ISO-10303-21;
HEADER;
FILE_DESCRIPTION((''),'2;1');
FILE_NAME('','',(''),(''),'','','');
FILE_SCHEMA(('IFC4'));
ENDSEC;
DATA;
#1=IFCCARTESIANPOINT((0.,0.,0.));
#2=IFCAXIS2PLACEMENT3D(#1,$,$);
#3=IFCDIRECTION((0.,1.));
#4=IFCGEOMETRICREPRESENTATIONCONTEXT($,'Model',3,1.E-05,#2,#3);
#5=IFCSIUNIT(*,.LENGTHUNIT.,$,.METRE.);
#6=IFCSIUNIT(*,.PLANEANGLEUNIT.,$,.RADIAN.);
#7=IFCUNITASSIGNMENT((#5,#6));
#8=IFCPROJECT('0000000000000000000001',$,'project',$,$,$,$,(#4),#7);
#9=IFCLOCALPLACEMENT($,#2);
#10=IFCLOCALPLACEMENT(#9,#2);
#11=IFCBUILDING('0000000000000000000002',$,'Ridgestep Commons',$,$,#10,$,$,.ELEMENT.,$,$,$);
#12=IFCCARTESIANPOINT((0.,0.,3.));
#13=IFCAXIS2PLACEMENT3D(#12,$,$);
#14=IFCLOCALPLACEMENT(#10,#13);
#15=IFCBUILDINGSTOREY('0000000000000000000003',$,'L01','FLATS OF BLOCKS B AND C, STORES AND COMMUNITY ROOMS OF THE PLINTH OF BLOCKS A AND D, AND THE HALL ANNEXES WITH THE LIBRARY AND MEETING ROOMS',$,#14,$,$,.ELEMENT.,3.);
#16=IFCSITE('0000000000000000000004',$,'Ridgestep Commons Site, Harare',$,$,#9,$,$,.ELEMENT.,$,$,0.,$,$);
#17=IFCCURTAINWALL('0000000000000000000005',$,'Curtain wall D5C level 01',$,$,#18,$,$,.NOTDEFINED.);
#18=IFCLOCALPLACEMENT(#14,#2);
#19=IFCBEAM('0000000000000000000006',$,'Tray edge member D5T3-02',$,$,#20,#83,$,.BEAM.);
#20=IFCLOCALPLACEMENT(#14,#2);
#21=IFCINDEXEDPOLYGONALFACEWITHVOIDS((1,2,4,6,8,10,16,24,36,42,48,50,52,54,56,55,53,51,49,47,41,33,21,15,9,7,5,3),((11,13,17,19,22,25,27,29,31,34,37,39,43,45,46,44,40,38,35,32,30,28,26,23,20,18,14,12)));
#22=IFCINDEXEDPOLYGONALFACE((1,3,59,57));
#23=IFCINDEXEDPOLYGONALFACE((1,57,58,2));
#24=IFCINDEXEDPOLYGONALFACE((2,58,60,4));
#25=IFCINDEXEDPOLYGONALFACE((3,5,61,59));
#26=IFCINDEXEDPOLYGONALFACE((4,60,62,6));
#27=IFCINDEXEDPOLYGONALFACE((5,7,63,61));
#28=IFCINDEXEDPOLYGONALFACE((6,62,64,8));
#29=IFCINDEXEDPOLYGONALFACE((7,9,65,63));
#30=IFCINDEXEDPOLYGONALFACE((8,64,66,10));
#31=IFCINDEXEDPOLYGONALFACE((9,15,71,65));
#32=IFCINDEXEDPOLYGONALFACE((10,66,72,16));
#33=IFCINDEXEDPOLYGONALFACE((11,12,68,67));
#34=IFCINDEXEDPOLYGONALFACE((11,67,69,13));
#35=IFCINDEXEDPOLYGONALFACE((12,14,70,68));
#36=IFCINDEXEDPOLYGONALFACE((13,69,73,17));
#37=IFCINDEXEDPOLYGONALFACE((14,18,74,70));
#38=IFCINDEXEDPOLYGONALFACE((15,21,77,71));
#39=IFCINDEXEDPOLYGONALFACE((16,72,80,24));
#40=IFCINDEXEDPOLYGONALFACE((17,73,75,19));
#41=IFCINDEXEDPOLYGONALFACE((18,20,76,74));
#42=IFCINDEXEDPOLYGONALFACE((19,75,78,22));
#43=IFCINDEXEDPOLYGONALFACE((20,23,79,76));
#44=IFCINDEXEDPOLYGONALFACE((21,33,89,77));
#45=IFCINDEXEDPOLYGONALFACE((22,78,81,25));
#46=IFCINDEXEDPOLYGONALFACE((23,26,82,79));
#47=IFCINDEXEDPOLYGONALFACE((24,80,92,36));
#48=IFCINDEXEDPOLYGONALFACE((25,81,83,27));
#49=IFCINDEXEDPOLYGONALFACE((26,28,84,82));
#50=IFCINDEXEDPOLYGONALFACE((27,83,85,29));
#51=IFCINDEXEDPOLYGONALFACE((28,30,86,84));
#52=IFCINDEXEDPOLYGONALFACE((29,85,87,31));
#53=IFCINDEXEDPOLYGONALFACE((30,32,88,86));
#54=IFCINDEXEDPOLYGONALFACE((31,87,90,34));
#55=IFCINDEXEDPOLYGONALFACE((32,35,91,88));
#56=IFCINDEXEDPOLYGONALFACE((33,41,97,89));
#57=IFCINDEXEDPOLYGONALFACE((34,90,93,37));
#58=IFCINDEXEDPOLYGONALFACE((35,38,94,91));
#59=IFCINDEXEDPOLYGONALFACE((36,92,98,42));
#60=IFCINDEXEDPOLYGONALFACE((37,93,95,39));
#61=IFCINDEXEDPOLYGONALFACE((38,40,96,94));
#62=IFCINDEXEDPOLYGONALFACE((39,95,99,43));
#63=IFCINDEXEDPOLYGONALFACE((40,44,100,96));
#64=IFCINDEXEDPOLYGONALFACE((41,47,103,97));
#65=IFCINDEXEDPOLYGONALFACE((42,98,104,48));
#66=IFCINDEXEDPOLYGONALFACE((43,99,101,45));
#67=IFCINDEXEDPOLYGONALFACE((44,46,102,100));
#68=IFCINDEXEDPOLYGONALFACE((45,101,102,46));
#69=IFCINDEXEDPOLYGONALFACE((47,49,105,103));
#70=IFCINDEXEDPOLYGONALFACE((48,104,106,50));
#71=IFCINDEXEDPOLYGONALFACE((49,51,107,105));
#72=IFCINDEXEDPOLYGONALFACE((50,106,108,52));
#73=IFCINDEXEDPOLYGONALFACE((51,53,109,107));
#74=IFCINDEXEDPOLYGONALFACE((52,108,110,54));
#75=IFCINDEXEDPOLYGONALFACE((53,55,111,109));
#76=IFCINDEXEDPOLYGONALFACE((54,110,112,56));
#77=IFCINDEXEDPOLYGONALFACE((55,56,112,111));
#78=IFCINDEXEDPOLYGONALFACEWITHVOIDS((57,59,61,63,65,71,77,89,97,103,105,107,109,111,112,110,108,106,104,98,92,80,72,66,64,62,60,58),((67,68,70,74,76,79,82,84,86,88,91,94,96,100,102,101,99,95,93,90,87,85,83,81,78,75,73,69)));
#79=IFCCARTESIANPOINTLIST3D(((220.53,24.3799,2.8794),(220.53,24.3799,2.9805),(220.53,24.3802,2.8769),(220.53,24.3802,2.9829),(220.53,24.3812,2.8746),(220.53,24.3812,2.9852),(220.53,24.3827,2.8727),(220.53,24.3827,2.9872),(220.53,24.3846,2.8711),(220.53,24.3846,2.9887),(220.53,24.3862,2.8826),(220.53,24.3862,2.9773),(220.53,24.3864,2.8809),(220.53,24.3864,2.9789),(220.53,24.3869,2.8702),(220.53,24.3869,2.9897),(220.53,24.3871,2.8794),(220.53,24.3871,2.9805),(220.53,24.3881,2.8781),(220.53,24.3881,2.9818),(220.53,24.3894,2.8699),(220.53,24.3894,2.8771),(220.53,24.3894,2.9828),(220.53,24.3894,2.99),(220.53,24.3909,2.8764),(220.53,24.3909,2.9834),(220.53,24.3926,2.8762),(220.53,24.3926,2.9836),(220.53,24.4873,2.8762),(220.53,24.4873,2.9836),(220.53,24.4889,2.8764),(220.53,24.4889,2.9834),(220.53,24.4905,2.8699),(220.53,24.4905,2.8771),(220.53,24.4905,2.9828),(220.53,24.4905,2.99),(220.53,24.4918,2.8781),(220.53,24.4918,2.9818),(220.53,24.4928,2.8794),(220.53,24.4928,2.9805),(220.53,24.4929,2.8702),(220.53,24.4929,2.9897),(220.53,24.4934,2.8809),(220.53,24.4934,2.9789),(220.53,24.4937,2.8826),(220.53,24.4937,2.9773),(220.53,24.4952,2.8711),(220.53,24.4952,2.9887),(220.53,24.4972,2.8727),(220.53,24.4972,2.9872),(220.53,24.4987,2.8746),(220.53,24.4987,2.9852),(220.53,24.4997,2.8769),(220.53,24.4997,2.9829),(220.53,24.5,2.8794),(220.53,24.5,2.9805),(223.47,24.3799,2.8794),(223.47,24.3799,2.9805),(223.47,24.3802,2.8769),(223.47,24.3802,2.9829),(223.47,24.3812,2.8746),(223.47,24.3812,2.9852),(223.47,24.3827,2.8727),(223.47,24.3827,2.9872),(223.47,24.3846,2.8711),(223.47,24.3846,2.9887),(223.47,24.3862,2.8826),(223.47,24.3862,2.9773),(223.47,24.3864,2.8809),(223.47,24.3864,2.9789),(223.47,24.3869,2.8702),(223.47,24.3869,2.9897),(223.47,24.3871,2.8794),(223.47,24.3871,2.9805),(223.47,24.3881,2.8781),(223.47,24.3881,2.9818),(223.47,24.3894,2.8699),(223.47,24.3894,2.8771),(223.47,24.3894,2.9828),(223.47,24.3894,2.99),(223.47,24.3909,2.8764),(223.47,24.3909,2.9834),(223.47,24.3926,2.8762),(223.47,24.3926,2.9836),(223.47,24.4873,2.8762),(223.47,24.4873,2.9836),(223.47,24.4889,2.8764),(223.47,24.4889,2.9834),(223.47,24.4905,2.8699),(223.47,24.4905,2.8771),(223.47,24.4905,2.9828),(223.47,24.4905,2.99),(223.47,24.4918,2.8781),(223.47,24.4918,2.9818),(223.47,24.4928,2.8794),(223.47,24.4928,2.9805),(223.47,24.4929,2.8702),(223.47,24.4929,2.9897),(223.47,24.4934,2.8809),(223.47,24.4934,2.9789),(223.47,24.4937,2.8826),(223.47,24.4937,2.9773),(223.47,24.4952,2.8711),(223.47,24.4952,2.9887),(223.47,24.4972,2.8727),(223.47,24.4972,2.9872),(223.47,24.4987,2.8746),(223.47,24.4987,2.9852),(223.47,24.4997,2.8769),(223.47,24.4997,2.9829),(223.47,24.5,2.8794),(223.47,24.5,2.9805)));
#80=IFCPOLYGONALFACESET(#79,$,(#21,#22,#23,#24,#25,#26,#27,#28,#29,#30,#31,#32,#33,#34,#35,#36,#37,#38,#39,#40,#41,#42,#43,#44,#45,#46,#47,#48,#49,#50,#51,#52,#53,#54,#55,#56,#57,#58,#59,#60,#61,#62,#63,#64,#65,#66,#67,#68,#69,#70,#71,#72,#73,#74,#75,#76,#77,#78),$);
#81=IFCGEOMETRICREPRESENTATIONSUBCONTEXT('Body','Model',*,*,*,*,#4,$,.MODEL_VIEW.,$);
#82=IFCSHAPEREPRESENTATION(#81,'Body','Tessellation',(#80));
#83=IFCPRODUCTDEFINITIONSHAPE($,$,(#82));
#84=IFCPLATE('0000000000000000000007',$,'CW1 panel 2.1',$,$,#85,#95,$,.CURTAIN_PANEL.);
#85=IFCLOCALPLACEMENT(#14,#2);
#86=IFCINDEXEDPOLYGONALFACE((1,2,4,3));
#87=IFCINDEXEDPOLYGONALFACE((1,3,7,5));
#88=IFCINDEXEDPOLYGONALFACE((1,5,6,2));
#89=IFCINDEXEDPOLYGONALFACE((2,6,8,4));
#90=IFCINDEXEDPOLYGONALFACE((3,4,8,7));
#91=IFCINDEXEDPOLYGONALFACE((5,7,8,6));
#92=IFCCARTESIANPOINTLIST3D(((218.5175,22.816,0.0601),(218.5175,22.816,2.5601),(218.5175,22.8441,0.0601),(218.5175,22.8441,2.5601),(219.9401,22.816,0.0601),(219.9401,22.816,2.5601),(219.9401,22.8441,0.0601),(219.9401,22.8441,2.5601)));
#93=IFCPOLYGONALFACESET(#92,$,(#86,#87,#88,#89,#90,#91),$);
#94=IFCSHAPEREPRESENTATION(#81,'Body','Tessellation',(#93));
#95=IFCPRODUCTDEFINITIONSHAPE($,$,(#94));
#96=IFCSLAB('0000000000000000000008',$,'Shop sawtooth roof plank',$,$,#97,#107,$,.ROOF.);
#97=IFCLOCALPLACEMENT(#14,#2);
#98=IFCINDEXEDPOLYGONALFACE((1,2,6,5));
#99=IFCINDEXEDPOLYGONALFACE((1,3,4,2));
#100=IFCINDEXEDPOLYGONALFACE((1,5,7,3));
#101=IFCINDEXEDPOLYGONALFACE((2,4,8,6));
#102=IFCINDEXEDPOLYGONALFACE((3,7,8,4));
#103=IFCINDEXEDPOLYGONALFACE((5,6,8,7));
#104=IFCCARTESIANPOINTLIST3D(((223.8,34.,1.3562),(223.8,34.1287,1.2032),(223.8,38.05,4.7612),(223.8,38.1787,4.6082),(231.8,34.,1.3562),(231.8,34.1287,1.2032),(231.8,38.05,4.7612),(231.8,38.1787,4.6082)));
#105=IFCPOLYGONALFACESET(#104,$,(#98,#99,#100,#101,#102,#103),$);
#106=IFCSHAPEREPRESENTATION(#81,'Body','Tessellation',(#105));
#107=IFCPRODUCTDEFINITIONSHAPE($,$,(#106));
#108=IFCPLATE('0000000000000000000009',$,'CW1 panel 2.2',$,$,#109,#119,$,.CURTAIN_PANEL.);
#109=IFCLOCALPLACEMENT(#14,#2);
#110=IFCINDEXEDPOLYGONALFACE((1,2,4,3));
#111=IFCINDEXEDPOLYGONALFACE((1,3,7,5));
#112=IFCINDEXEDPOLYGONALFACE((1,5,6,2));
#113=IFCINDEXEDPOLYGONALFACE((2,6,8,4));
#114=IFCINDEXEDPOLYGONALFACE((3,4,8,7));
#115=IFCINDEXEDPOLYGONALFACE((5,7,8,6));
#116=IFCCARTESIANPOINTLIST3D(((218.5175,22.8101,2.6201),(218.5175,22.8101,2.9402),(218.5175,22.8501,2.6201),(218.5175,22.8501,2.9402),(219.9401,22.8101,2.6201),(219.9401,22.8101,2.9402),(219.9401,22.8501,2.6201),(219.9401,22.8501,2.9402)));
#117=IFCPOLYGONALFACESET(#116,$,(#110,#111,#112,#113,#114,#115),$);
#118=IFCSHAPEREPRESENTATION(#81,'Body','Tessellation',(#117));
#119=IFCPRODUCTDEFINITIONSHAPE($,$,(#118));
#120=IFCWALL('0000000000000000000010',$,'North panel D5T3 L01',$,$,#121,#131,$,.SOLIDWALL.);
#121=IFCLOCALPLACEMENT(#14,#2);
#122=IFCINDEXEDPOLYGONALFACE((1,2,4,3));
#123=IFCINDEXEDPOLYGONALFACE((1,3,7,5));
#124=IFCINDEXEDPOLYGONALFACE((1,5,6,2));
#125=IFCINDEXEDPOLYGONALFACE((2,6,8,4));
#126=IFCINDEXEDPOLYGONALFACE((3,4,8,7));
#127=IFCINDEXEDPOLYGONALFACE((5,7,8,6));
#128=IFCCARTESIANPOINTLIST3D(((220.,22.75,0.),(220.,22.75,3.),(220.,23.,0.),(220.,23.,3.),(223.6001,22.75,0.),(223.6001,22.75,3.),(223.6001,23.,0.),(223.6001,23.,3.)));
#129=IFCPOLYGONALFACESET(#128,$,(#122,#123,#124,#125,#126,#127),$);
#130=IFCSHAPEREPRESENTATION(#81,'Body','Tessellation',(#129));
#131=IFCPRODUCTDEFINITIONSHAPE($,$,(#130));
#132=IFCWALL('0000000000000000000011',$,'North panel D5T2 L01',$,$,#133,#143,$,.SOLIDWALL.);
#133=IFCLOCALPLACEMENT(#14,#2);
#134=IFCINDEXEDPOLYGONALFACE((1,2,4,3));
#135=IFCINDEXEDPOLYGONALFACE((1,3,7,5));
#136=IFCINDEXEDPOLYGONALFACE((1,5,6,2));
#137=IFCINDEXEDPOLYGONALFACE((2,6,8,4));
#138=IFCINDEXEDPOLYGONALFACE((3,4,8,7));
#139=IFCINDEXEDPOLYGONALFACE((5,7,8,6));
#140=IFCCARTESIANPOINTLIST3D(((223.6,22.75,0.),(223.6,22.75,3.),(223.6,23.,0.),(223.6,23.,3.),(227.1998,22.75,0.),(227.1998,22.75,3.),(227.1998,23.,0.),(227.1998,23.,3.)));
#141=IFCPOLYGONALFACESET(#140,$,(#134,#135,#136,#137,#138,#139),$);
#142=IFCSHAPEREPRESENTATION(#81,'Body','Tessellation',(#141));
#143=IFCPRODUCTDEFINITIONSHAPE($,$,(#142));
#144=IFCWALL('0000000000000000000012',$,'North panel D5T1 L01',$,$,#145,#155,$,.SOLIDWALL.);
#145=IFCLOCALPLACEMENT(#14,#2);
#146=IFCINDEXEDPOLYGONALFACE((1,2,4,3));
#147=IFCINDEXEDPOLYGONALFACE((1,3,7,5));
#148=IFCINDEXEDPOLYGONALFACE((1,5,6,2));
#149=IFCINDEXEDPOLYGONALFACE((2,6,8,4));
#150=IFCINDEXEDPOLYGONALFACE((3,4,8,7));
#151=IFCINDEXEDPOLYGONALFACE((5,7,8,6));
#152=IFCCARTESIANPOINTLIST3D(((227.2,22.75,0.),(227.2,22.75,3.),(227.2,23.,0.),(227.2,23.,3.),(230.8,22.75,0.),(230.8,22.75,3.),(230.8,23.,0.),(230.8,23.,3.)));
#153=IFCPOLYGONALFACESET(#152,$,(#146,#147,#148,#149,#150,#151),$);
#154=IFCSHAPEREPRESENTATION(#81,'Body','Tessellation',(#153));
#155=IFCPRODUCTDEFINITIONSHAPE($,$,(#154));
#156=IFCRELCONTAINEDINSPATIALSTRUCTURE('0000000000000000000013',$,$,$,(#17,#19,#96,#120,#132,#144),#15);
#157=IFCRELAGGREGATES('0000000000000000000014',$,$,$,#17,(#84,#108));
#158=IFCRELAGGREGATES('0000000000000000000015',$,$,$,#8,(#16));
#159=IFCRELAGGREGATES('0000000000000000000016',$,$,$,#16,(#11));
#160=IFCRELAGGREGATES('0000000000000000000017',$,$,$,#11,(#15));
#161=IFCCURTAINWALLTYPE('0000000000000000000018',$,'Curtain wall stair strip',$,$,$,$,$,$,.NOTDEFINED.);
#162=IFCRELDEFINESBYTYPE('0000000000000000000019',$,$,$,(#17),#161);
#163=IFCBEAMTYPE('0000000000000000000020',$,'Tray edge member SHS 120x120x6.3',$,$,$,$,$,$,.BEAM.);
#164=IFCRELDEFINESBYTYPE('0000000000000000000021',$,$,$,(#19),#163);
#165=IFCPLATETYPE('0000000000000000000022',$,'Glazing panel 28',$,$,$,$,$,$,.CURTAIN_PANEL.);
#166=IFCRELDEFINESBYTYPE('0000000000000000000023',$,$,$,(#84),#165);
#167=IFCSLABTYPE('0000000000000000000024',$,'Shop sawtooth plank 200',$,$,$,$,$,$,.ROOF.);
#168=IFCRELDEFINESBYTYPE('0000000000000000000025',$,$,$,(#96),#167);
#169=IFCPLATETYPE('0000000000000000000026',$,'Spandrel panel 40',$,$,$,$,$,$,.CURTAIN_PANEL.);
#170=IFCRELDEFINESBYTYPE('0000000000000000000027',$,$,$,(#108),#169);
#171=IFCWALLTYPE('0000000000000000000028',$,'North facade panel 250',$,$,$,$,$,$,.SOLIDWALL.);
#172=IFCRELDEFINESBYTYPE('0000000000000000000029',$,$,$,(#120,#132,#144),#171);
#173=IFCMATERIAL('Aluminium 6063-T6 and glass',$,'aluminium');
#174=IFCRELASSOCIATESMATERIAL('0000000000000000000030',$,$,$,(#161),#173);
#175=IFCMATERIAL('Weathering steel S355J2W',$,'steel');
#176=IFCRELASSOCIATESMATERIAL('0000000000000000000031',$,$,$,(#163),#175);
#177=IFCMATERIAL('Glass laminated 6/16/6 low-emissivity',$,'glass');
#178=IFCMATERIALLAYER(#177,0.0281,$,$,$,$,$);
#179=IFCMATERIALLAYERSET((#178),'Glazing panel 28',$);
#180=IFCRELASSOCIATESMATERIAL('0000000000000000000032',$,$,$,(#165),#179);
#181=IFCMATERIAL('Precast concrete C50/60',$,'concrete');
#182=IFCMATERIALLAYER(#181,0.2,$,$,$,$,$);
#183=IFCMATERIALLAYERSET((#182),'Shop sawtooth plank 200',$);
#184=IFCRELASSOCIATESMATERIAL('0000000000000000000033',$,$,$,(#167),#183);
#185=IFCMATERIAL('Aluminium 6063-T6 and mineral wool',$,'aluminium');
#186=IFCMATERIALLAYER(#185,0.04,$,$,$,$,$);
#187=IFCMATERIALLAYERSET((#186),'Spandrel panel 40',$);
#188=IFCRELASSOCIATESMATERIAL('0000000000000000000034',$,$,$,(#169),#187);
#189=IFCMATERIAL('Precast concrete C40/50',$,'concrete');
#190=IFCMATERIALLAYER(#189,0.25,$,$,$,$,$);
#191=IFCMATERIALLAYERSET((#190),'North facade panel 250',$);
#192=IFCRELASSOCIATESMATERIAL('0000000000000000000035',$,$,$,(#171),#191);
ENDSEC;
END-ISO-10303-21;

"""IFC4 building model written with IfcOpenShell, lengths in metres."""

from ifc_helpers import new_model, si_unit, direction, frame, frame_2d, origin, origin_2d, place, context, subcontext, project, spatial, polyline, rectangle, hollow_rectangle, outline, extrude, material, layer, layer_set, material_profile, profile_set, type_object, element, aggregate, save


model = new_model("IFC4")

# Units and contexts
model_context = context("Model", 3, precision=1e-05, world=origin(), true_north=direction((0.0, 1.0)))
body_context = subcontext(model_context, "Body", "Model", "MODEL_VIEW")
ifc_project = project(units=[si_unit("LENGTHUNIT", "METRE"), si_unit("PLANEANGLEUNIT", "RADIAN")], contexts=[model_context])

# Site, building, storey
site_placement = place(None, origin())
site = spatial("IfcSite", under=ifc_project, at=site_placement, Name="Ridgestep Commons Site, Harare", CompositionType="ELEMENT", RefElevation=0.0)
building_placement = place(site_placement, origin())
building = spatial("IfcBuilding", under=site, at=building_placement, Name="Ridgestep Commons", CompositionType="ELEMENT")
storey_placement = place(building_placement, frame((0.0, 0.0, 3.0)))
storey = spatial("IfcBuildingStorey", under=building, at=storey_placement, Name="L01", Description="FLATS OF BLOCKS B AND C, STORES AND COMMUNITY ROOMS OF THE PLINTH OF BLOCKS A AND D, AND THE HALL ANNEXES WITH THE LIBRARY AND MEETING ROOMS", CompositionType="ELEMENT", Elevation=3.0)

# Curtain wall
ifc_material_1 = material(Name="Aluminium 6063-T6 and glass", Category="aluminium")
curtain_wall_type = type_object("IfcCurtainWallType", Name="Curtain wall stair strip", PredefinedType="NOTDEFINED", material=ifc_material_1)
curtain_wall_placement = place(storey_placement, origin())
curtain_wall = element("IfcCurtainWall", 1, at=curtain_wall_placement, inside=storey, type_object=curtain_wall_type, Name="Curtain wall D5C level 01", PredefinedType="NOTDEFINED")

# Beam
ifc_material_2 = material(Name="Weathering steel S355J2W", Category="steel")
ifc_material_profile_1 = material_profile(ifc_material_2, hollow_rectangle(XDim=0.1201, YDim=0.1201, WallThickness=0.0063, InnerFilletRadius=0.0063, OuterFilletRadius=0.0095, at=origin_2d()), Name="SHS 120x120x6.3")
ifc_profile_set_1 = profile_set([ifc_material_profile_1], Name="Weathering steel S355J2W")
beam_type_1 = type_object("IfcBeamType", Name="Tray edge member SHS 120x120x6.3", PredefinedType="BEAM", material=ifc_profile_set_1)
beam_placement = place(storey_placement, frame((220.53, 24.4399, 2.9299), z_axis=(1.0, 0.0, 0.0), x_axis=(0.0, 0.0, 1.0)))
element("IfcBeam", 2, at=beam_placement, inside=storey, type_object=beam_type_1, Name="Tray edge member D5T3-02", PredefinedType="BEAM", context=body_context, shape_type="SweptSolid", body=[
    extrude(hollow_rectangle(XDim=0.1201, YDim=0.1201, WallThickness=0.0063, InnerFilletRadius=0.0063, OuterFilletRadius=0.0095, at=origin_2d()), origin(), (0.0, 0.0, 1.0), 2.9399),
])

# Plate
ifc_material_3 = material(Name="Glass laminated 6/16/6 low-emissivity", Category="glass")
ifc_layer_1 = layer(ifc_material_3, 0.0281)
ifc_layer_set_1 = layer_set([ifc_layer_1], Name="Glazing panel 28")
plate_type_1 = type_object("IfcPlateType", Name="Glazing panel 28", PredefinedType="CURTAIN_PANEL", material=ifc_layer_set_1)
plate_1_placement = place(storey_placement, frame((219.2288, 22.8301, 0.0601), z_axis=(0.0, 0.0, 1.0), x_axis=(1.0, 0.0, 0.0)))
plate_1 = element("IfcPlate", 3, at=plate_1_placement, type_object=plate_type_1, Name="CW1 panel 2.1", PredefinedType="CURTAIN_PANEL", context=body_context, shape_type="SweptSolid", body=[
    extrude(rectangle(XDim=1.4226, YDim=0.0281, at=origin_2d()), origin(), (0.0, 0.0, 1.0), 2.5),
])

# Slab
ifc_material_4 = material(Name="Precast concrete C50/60", Category="concrete")
ifc_layer_2 = layer(ifc_material_4, 0.2)
ifc_layer_set_2 = layer_set([ifc_layer_2], Name="Shop sawtooth plank 200")
slab_type = type_object("IfcSlabType", Name="Shop sawtooth plank 200", PredefinedType="ROOF", material=ifc_layer_set_2)
slab_placement = place(storey_placement, frame((223.8, 34.0, 1.3562), z_axis=(0.0, -0.643523, 0.765427), x_axis=(1.0, 0.0, 0.0)))
element("IfcSlab", 4, at=slab_placement, inside=storey, type_object=slab_type, Name="Shop sawtooth roof plank", PredefinedType="ROOF", context=body_context, shape_type="SweptSolid", body=[
    extrude(outline(polyline([(0.0, 0.0), (8.0, 0.0), (8.0, 5.2912), (0.0, 5.2912), (0.0, 0.0)])), origin(), (0.0, 0.0, -1.0), 0.2),
])

# Plate
ifc_material_5 = material(Name="Aluminium 6063-T6 and mineral wool", Category="aluminium")
ifc_layer_3 = layer(ifc_material_5, 0.04)
ifc_layer_set_3 = layer_set([ifc_layer_3], Name="Spandrel panel 40")
plate_type_2 = type_object("IfcPlateType", Name="Spandrel panel 40", PredefinedType="CURTAIN_PANEL", material=ifc_layer_set_3)
plate_2_placement = place(storey_placement, frame((219.2288, 22.8301, 2.6201), z_axis=(0.0, 0.0, 1.0), x_axis=(1.0, 0.0, 0.0)))
plate_2 = element("IfcPlate", 5, at=plate_2_placement, type_object=plate_type_2, Name="CW1 panel 2.2", PredefinedType="CURTAIN_PANEL", context=body_context, shape_type="SweptSolid", body=[
    extrude(rectangle(XDim=1.4226, YDim=0.04, at=origin_2d()), origin(), (0.0, 0.0, 1.0), 0.3201),
])
aggregate(curtain_wall, [plate_1, plate_2])

# Walls
ifc_material_6 = material(Name="Precast concrete C40/50", Category="concrete")
ifc_layer_4 = layer(ifc_material_6, 0.25)
ifc_layer_set_4 = layer_set([ifc_layer_4], Name="North facade panel 250")
wall_type = type_object("IfcWallType", Name="North facade panel 250", PredefinedType="SOLIDWALL", material=ifc_layer_set_4)
wall_1_placement = place(storey_placement, frame((220.0, 22.875, 0.0), z_axis=(0.0, 0.0, 1.0), x_axis=(1.0, 0.0, 0.0)))
element("IfcWall", 6, at=wall_1_placement, inside=storey, type_object=wall_type, Name="North panel D5T3 L01", PredefinedType="SOLIDWALL", context=body_context, shape_type="SweptSolid", body=[
    extrude(rectangle(XDim=3.6001, YDim=0.25, at=frame_2d((1.8, 0.0))), origin(), (0.0, 0.0, 1.0), 3.0),
])
wall_2_placement = place(storey_placement, frame((223.6001, 22.875, 0.0), z_axis=(0.0, 0.0, 1.0), x_axis=(1.0, 0.0, 0.0)))
element("IfcWall", 7, at=wall_2_placement, inside=storey, type_object=wall_type, Name="North panel D5T2 L01", PredefinedType="SOLIDWALL", context=body_context, shape_type="SweptSolid", body=[
    extrude(rectangle(XDim=3.5999, YDim=0.25, at=frame_2d((1.7998, 0.0))), origin(), (0.0, 0.0, 1.0), 3.0),
])
wall_3_placement = place(storey_placement, frame((227.2, 22.875, 0.0), z_axis=(0.0, 0.0, 1.0), x_axis=(1.0, 0.0, 0.0)))
element("IfcWall", 8, at=wall_3_placement, inside=storey, type_object=wall_type, Name="North panel D5T1 L01", PredefinedType="SOLIDWALL", context=body_context, shape_type="SweptSolid", body=[
    extrude(rectangle(XDim=3.6001, YDim=0.25, at=frame_2d((1.8, 0.0))), origin(), (0.0, 0.0, 1.0), 3.0),
])

save(model, "model.ifc")
